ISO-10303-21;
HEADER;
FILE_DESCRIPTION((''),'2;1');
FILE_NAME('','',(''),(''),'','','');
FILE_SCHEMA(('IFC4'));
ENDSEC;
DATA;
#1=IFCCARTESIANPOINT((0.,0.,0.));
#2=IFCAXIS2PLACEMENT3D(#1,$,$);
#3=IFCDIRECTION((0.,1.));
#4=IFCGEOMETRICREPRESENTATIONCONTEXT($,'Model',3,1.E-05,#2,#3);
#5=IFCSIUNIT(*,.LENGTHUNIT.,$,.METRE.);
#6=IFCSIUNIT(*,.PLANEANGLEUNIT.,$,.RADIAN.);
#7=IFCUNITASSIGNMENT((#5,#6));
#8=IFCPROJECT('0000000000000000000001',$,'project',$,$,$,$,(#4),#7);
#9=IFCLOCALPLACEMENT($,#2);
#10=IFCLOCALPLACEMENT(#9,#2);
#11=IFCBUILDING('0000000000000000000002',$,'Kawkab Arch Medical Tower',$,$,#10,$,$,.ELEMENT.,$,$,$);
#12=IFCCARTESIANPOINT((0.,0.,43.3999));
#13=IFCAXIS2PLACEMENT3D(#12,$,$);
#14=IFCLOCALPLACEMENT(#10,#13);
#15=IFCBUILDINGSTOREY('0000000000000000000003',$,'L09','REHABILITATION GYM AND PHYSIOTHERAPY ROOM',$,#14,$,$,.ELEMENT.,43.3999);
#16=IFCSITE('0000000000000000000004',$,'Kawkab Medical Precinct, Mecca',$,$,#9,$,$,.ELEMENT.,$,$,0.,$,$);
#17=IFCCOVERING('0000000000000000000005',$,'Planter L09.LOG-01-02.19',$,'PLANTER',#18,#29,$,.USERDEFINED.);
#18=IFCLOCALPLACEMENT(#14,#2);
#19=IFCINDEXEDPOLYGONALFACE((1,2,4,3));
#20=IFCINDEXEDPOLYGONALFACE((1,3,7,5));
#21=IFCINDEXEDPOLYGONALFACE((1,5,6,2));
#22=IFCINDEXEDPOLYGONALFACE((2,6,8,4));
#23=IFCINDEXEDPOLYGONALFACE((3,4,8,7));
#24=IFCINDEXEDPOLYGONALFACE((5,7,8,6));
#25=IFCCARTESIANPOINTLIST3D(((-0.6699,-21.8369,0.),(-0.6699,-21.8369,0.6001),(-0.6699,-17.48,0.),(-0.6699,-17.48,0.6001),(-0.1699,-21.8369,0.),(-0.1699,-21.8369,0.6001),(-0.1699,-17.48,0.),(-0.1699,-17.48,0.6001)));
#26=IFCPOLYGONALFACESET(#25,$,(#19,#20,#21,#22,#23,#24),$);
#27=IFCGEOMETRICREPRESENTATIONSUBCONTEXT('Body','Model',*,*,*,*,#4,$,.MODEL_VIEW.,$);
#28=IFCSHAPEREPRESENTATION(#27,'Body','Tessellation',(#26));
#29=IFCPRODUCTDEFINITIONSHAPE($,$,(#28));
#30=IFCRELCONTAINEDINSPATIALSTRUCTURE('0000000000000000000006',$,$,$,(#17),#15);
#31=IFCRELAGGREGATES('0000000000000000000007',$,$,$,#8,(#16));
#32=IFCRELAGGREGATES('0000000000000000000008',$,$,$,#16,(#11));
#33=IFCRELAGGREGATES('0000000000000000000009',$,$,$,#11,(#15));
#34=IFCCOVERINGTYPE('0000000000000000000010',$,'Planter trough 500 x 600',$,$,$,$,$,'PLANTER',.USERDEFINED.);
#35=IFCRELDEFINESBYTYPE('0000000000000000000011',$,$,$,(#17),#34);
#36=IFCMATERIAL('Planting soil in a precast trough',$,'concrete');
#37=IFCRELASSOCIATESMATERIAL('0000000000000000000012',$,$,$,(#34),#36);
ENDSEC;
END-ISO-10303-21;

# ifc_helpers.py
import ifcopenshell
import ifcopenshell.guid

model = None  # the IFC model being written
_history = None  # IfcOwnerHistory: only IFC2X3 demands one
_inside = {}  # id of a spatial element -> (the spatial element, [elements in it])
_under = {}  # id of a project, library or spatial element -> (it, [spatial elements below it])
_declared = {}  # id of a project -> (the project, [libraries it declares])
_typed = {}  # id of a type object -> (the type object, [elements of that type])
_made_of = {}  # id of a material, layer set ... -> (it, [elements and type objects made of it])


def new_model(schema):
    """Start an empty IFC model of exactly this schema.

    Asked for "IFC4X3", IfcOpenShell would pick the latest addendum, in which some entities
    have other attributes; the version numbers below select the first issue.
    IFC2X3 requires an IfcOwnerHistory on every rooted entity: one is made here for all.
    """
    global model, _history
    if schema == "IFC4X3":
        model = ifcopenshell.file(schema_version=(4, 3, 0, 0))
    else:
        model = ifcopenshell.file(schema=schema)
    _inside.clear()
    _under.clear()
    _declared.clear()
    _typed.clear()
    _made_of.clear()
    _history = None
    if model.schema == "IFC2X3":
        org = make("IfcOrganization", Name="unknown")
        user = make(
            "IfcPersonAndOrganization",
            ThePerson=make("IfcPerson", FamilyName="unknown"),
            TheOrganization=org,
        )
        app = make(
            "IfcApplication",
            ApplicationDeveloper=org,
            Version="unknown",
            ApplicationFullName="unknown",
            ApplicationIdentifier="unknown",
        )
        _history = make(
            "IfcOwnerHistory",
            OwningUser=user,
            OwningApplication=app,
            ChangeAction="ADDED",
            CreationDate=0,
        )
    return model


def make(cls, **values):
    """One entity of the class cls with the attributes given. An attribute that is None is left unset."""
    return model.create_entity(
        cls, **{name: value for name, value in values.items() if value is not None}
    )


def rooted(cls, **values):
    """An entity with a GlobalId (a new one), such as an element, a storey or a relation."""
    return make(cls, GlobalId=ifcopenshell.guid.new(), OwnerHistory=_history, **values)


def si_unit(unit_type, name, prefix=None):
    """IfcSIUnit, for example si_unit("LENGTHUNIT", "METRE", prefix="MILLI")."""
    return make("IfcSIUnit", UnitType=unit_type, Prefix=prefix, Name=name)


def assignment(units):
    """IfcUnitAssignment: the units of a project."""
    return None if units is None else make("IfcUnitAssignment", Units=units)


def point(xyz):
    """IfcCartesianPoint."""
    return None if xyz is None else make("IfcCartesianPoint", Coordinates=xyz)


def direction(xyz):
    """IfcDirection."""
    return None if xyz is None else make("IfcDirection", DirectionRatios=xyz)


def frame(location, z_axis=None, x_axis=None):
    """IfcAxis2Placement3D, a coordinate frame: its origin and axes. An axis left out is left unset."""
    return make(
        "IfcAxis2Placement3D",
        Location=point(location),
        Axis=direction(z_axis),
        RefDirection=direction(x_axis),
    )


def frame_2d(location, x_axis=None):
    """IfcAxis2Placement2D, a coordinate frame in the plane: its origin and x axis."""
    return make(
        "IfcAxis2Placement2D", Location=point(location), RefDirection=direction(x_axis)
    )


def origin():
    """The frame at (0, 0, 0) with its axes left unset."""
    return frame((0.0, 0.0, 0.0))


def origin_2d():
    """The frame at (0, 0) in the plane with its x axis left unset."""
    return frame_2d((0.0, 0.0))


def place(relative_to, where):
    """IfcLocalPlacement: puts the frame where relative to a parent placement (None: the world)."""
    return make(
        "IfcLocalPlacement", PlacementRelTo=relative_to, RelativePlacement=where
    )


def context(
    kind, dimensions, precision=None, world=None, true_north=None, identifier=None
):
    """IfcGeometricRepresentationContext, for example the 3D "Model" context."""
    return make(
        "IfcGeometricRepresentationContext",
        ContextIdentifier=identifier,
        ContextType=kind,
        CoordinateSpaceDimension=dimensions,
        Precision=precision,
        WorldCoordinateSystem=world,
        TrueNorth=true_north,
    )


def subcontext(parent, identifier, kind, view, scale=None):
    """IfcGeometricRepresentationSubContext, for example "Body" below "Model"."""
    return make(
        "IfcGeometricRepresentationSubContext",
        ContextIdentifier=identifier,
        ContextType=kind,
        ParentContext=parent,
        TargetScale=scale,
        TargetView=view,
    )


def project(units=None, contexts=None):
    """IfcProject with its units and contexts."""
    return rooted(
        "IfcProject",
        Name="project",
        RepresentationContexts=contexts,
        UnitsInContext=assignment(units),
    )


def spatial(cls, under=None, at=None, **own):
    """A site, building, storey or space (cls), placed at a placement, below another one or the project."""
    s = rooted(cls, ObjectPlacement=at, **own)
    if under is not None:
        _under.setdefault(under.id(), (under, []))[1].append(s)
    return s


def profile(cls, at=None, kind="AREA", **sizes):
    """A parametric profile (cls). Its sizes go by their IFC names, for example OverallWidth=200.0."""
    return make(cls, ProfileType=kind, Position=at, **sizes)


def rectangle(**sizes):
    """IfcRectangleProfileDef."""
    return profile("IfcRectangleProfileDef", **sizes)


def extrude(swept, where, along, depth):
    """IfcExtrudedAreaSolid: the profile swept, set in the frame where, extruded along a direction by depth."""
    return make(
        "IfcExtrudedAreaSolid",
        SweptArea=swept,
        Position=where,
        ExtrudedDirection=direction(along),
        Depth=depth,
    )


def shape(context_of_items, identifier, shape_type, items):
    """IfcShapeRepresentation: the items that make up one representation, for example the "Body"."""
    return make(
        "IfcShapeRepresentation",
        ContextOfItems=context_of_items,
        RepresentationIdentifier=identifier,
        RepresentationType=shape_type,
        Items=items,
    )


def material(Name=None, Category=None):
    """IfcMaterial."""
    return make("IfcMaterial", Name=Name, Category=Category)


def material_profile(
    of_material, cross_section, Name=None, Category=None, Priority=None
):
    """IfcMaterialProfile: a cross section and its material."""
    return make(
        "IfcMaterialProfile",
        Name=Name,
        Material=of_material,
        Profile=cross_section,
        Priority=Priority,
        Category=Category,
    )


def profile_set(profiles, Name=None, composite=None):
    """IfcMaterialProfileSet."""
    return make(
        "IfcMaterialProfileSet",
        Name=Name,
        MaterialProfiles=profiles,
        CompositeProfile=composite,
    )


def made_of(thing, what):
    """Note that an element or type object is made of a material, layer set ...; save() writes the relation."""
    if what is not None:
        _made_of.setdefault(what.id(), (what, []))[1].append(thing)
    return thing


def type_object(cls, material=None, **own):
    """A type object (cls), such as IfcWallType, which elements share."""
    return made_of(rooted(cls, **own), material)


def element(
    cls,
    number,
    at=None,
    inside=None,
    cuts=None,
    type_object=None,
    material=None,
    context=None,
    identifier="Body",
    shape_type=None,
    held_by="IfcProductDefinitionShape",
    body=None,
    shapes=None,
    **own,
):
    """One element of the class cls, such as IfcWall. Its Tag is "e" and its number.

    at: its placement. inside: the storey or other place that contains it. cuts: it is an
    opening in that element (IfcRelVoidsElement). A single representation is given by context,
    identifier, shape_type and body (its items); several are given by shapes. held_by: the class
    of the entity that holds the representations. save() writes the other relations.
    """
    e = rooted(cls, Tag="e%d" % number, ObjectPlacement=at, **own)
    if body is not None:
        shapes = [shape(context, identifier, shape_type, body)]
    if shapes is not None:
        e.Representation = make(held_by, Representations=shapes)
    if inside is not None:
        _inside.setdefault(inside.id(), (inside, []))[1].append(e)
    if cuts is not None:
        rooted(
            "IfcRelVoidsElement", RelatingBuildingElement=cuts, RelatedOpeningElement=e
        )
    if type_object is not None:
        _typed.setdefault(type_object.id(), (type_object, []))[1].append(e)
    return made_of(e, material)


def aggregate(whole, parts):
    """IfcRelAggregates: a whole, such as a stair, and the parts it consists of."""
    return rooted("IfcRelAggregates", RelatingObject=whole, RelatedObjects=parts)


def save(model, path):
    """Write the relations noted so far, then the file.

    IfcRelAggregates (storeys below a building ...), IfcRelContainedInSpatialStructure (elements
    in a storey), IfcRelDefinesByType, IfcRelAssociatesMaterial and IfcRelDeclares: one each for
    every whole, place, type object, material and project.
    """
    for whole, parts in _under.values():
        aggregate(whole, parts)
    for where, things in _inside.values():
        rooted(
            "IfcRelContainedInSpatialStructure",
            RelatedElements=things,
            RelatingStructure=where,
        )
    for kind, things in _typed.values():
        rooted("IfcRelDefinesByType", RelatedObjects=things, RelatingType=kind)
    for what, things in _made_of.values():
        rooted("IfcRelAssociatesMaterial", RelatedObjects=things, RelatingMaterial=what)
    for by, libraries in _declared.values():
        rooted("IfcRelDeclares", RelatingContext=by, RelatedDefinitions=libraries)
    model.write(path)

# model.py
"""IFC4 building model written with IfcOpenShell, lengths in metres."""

from ifc_helpers import new_model, si_unit, direction, frame, origin, origin_2d, place, context, subcontext, project, spatial, rectangle, extrude, material, material_profile, profile_set, type_object, element, save


model = new_model("IFC4")

# Units and contexts
model_context = context("Model", 3, precision=1e-05, world=origin(), true_north=direction((0.0, 1.0)))
body_context = subcontext(model_context, "Body", "Model", "MODEL_VIEW")
ifc_project = project(units=[si_unit("LENGTHUNIT", "METRE"), si_unit("PLANEANGLEUNIT", "RADIAN")], contexts=[model_context])

# Site, building, storey
site_placement = place(None, origin())
site = spatial("IfcSite", under=ifc_project, at=site_placement, Name="Kawkab Medical Precinct, Mecca", CompositionType="ELEMENT", RefElevation=0.0)
building_placement = place(site_placement, origin())
building = spatial("IfcBuilding", under=site, at=building_placement, Name="Kawkab Arch Medical Tower", CompositionType="ELEMENT")
storey_placement = place(building_placement, frame((0.0, 0.0, 43.3999)))
storey = spatial("IfcBuildingStorey", under=building, at=storey_placement, Name="L09", Description="REHABILITATION GYM AND PHYSIOTHERAPY ROOM", CompositionType="ELEMENT", Elevation=43.3999)

# Covering
ifc_material_1 = material(Name="Planting soil in a precast trough", Category="concrete")
ifc_material_profile_1 = material_profile(ifc_material_1, rectangle(XDim=0.5, YDim=0.6001, at=origin_2d()), Name="Trough 500x600")
ifc_profile_set_1 = profile_set([ifc_material_profile_1], Name="Planting soil in a precast trough")
covering_type_1 = type_object("IfcCoveringType", Name="Planter trough 500 x 600", ElementType="PLANTER", PredefinedType="USERDEFINED", material=ifc_profile_set_1)
covering_1_placement = place(storey_placement, frame((-0.4199, -21.8369, 0.3), z_axis=(0.0, 1.0, 0.0), x_axis=(-1.0, 0.0, 0.0)))
element("IfcCovering", 1, at=covering_1_placement, inside=storey, type_object=covering_type_1, Name="Planter L09.LOG-01-02.19", ObjectType="PLANTER", PredefinedType="USERDEFINED", context=body_context, shape_type="SweptSolid", body=[
    extrude(rectangle(XDim=0.5, YDim=0.6001, at=origin_2d()), origin(), (0.0, 0.0, 1.0), 4.3569),
])

save(model, "model.ifc")
